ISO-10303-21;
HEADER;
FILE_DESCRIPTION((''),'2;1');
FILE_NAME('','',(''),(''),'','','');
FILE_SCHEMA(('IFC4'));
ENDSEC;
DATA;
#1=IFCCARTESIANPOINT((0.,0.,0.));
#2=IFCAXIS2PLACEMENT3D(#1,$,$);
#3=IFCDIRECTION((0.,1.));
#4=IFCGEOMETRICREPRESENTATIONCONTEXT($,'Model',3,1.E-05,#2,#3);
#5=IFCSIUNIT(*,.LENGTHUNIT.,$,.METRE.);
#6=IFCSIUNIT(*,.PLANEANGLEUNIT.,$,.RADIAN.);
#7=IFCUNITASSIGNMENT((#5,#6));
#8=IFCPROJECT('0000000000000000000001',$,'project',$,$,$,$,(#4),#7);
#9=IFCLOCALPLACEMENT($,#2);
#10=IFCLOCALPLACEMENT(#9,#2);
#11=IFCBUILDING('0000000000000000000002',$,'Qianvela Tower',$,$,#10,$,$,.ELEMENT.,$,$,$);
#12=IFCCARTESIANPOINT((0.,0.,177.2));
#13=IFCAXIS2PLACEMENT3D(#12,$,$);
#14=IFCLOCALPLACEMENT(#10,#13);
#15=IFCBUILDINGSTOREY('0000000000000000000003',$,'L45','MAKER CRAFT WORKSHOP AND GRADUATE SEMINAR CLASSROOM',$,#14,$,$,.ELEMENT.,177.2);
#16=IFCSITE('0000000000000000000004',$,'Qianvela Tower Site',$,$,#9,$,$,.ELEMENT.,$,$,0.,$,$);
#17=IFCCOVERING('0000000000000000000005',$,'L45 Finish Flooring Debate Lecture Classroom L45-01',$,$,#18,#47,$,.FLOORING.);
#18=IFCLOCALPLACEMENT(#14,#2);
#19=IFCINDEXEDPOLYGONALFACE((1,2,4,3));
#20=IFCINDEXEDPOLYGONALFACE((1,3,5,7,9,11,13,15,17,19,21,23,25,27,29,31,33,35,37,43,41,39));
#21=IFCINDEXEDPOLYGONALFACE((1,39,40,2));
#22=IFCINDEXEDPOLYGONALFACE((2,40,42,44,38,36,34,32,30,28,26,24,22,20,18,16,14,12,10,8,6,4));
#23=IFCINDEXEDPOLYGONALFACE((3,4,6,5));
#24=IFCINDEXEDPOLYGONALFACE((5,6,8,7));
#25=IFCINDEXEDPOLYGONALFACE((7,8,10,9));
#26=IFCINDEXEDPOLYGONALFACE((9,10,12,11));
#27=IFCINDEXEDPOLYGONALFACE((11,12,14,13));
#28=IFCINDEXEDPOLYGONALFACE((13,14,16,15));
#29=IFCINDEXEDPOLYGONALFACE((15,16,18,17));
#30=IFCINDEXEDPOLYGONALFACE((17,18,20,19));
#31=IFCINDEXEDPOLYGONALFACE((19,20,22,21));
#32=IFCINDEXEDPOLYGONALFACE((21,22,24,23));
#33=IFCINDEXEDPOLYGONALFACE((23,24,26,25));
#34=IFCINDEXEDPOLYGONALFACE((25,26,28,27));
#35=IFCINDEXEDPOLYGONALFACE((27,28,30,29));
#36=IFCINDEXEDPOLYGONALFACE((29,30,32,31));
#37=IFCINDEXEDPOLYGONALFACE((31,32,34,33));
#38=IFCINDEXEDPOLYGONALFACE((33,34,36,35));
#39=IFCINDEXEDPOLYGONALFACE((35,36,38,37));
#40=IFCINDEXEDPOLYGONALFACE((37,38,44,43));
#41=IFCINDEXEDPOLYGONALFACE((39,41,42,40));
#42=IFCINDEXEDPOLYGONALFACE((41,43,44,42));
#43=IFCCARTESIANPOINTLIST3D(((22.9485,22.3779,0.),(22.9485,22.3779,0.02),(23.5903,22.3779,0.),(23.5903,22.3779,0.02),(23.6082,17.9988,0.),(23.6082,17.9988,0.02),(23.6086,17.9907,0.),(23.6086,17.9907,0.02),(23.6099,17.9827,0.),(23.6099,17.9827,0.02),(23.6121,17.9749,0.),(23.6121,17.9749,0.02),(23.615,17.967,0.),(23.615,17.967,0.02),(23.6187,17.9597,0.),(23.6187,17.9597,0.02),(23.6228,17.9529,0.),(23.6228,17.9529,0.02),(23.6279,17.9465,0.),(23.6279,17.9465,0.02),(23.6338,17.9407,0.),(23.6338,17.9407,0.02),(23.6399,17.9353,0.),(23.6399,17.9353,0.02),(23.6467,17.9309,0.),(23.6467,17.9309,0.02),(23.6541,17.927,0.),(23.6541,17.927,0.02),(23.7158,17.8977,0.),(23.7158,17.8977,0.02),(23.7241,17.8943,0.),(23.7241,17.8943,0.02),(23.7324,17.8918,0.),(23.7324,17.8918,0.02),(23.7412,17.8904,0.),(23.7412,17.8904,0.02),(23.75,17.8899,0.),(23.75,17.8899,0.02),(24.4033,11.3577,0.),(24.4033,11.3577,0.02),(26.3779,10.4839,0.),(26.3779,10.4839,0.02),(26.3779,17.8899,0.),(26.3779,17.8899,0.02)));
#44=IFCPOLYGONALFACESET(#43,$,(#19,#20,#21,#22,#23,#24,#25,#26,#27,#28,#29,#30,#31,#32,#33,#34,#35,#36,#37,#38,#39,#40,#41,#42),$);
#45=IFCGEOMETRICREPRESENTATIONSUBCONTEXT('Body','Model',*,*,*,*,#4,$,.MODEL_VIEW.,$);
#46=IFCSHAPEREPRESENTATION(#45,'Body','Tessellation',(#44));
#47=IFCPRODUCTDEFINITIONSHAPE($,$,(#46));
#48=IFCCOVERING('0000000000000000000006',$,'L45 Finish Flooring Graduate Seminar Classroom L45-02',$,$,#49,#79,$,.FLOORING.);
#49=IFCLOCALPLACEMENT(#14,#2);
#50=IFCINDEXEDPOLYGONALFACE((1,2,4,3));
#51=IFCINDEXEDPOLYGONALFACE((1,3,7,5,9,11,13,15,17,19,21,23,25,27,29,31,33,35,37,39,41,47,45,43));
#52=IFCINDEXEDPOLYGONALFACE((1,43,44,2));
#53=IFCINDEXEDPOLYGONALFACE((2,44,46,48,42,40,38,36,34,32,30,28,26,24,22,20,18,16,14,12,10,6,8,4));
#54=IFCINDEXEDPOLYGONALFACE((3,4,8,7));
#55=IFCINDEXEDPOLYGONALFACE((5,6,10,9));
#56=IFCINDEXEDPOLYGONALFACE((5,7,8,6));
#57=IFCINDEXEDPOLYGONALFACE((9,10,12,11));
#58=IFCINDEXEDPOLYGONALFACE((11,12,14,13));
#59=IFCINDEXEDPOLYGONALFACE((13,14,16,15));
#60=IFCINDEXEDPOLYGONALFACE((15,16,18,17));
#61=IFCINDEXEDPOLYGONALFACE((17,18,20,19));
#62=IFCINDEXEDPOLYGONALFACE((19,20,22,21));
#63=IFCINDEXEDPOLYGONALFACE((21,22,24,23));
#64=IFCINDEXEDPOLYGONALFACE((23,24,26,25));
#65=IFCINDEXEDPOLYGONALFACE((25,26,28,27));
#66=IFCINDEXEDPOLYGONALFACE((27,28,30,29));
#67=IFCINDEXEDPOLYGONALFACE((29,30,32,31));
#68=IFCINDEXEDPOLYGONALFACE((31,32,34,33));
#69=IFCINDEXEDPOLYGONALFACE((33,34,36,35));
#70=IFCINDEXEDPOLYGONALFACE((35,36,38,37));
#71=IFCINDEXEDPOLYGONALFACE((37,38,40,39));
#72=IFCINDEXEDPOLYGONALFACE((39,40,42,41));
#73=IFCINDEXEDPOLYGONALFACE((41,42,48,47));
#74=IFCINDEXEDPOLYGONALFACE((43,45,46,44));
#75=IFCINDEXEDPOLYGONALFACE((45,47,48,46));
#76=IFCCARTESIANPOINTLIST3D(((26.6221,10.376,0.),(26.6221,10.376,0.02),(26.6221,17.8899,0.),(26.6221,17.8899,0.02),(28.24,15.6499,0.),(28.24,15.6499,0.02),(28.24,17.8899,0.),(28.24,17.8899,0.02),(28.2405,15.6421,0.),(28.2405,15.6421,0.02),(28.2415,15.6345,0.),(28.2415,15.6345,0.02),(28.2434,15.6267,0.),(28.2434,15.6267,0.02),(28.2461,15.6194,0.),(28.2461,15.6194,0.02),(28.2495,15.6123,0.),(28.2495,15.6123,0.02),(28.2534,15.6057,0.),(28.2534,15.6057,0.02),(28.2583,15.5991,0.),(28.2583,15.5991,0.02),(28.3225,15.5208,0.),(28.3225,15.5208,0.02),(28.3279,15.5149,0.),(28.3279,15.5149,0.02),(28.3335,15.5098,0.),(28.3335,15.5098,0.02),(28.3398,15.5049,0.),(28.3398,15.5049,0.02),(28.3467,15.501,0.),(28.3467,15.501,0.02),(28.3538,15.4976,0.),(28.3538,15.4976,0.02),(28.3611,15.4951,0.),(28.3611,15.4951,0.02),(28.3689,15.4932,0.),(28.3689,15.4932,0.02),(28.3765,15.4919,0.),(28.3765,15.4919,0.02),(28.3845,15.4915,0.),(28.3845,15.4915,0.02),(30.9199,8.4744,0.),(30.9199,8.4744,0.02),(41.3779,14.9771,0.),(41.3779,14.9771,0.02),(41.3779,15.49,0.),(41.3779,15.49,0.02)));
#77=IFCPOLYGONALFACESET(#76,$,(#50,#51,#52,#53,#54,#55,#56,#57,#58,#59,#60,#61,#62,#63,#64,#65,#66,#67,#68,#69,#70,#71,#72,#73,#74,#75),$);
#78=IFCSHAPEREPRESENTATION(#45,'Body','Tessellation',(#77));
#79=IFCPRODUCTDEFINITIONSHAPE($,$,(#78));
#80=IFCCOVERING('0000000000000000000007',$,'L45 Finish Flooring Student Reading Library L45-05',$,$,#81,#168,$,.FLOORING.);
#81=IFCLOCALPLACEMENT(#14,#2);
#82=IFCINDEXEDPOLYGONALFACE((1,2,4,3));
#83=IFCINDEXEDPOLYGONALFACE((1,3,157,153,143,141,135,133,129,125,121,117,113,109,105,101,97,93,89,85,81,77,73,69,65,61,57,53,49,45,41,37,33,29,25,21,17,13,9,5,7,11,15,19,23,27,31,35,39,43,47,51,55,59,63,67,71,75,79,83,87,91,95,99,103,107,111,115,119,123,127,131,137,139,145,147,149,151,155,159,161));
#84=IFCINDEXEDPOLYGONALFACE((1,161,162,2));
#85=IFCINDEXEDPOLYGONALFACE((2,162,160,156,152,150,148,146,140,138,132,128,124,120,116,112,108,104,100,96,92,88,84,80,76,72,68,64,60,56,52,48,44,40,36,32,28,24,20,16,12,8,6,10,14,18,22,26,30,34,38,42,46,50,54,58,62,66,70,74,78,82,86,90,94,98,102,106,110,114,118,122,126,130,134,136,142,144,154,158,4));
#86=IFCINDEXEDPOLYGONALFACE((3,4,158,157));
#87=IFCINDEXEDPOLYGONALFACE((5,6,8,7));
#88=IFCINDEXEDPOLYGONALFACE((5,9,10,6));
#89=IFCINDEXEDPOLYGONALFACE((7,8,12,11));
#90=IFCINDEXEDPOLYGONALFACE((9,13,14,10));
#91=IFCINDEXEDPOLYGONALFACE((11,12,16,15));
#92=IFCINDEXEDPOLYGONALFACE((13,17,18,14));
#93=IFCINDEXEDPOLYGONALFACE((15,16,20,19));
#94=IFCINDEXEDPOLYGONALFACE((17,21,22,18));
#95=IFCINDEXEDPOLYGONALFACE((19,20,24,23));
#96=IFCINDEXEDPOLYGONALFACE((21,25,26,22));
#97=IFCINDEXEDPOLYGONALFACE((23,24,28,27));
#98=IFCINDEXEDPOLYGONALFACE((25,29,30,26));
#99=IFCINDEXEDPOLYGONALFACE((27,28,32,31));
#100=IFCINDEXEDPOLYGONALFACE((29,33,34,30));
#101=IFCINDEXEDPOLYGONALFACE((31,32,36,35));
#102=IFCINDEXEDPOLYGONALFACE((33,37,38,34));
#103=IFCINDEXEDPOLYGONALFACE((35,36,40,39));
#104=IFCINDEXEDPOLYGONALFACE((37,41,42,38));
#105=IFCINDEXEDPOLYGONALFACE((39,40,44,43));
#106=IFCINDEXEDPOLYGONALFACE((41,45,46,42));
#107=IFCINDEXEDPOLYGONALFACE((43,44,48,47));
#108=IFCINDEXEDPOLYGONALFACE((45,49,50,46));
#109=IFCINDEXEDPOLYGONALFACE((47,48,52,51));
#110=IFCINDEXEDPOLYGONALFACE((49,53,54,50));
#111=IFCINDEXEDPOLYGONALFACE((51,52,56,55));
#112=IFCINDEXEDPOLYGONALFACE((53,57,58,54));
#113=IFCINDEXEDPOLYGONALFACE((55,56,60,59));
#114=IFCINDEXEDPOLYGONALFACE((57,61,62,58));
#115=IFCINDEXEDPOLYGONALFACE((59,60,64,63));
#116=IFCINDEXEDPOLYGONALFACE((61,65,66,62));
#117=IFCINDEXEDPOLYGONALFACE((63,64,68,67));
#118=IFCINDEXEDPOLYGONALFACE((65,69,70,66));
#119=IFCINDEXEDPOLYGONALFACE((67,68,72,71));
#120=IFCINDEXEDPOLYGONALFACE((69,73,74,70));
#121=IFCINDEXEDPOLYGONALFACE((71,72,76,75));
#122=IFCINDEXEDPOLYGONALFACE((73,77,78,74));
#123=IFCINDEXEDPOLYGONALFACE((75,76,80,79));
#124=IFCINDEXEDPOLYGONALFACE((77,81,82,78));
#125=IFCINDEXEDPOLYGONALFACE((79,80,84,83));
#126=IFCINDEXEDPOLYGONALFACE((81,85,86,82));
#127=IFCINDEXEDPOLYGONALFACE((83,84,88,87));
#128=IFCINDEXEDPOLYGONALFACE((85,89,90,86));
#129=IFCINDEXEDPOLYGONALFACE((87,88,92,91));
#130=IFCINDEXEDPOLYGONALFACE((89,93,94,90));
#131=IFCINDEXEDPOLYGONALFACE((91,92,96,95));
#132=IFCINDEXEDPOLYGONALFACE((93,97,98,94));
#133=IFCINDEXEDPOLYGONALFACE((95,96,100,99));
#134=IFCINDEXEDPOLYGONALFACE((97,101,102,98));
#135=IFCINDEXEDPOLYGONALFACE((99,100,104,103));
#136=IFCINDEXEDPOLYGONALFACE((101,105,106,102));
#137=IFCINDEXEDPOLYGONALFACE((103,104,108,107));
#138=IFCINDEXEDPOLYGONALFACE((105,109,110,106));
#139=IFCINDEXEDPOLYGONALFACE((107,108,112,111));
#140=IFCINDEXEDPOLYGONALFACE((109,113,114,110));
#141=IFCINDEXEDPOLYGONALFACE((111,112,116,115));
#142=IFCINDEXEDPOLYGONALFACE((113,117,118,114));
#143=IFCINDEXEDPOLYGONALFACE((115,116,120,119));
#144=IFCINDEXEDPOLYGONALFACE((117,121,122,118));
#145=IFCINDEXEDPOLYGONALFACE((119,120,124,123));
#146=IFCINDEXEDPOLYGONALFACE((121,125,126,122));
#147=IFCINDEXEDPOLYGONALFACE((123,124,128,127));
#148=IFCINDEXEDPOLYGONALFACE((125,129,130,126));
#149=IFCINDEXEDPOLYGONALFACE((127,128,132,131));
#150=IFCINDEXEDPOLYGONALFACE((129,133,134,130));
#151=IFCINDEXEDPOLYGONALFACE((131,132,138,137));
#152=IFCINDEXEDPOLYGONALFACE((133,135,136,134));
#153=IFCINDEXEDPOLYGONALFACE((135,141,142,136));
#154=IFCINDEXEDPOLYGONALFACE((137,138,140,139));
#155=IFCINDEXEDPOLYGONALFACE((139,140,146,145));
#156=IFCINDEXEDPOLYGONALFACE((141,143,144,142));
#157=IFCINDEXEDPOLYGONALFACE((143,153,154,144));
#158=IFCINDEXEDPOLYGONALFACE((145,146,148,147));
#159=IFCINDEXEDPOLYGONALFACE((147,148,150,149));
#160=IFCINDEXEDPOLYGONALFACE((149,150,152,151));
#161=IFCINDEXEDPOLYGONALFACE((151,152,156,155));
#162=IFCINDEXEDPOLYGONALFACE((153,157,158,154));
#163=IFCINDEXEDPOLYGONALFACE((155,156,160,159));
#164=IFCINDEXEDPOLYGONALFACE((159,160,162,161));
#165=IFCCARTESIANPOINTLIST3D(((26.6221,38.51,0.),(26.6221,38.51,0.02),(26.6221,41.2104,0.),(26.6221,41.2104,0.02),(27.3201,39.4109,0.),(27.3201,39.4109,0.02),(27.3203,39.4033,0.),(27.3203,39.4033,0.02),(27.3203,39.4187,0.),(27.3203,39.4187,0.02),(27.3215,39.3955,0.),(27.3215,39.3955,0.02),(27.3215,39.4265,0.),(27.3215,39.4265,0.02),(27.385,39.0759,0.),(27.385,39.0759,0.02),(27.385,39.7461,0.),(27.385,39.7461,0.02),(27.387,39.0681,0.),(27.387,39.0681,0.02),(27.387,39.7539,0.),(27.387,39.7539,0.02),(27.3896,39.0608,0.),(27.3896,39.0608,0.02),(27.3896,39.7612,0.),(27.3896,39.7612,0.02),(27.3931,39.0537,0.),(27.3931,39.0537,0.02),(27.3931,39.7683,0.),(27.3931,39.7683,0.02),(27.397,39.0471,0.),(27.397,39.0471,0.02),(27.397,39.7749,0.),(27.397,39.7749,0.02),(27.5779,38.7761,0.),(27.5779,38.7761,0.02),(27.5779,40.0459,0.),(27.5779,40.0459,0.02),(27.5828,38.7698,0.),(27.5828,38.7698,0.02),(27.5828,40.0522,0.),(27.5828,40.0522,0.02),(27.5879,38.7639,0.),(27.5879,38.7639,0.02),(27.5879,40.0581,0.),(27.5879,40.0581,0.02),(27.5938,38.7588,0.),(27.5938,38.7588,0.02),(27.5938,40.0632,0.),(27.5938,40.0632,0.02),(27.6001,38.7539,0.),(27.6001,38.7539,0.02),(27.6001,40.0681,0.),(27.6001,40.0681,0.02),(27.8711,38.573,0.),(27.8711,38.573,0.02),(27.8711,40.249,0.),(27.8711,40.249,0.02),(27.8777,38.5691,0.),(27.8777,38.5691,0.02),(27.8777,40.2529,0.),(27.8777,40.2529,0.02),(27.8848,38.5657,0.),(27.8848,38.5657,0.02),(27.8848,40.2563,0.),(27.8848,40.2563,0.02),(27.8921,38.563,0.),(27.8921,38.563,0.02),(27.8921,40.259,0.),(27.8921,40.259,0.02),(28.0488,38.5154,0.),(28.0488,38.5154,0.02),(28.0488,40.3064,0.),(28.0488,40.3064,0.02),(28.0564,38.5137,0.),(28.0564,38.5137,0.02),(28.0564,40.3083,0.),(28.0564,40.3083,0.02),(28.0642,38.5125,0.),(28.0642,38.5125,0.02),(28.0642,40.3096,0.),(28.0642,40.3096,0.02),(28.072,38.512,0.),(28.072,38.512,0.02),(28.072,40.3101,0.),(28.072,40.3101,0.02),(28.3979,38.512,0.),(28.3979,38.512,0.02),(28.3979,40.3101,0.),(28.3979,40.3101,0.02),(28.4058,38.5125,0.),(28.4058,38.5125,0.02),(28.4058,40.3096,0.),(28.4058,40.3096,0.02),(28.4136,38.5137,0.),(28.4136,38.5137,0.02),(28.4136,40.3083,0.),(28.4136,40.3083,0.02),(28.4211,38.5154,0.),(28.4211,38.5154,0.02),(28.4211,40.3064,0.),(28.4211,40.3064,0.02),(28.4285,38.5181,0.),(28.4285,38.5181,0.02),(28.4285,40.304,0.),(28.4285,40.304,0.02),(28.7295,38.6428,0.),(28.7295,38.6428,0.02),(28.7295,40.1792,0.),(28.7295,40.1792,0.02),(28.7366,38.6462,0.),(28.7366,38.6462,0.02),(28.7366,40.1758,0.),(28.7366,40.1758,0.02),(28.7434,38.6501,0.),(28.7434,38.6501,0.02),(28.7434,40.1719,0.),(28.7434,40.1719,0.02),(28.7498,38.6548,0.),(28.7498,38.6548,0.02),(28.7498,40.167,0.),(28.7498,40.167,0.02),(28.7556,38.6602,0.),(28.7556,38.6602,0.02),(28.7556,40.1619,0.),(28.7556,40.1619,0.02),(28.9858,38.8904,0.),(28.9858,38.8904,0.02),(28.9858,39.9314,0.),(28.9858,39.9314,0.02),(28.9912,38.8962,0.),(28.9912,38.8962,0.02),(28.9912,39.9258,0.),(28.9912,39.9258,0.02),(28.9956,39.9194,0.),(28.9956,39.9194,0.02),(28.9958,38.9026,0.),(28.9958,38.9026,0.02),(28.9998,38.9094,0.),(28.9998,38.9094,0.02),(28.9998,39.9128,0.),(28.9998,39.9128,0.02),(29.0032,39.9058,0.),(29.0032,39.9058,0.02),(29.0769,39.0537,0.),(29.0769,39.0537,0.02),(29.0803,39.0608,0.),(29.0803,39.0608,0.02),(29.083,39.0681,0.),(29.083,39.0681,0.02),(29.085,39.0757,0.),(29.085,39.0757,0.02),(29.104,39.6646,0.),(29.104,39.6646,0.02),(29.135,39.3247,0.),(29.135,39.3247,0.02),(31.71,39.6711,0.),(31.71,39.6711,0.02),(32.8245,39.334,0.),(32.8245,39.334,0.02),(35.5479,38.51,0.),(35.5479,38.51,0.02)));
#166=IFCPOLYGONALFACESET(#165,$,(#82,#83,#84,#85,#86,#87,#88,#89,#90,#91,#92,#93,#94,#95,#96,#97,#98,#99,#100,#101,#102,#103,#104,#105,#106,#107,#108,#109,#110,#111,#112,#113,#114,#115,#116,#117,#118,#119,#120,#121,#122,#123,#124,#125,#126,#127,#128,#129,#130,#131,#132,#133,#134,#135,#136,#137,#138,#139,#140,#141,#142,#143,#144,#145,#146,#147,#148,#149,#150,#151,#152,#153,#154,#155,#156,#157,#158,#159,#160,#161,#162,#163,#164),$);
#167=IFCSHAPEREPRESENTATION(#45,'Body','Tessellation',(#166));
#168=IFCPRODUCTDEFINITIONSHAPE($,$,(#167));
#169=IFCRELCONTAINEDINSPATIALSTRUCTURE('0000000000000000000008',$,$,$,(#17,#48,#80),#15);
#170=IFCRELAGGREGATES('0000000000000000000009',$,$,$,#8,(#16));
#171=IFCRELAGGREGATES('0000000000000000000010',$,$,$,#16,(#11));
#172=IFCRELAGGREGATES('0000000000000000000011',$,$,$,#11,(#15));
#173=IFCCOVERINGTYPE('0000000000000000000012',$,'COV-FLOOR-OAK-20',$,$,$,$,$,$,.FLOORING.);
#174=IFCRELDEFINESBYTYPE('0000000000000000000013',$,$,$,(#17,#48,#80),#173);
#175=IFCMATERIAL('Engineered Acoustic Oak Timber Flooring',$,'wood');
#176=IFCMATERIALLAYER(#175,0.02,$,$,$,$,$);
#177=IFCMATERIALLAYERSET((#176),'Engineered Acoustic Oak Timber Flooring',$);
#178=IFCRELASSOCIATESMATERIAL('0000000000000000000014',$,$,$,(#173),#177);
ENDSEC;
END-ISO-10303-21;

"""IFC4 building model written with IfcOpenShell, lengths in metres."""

from ifc_helpers import new_model, si_unit, direction, frame, origin, place, context, subcontext, project, spatial, polyline, outline, extrude, material, layer, layer_set, type_object, element, save


model = new_model("IFC4")

# Units and contexts
model_context = context("Model", 3, precision=1e-05, world=origin(), true_north=direction((0.0, 1.0)))
body_context = subcontext(model_context, "Body", "Model", "MODEL_VIEW")
ifc_project = project(units=[si_unit("LENGTHUNIT", "METRE"), si_unit("PLANEANGLEUNIT", "RADIAN")], contexts=[model_context])

# Site, building, storey
site_placement = place(None, origin())
site = spatial("IfcSite", under=ifc_project, at=site_placement, Name="Qianvela Tower Site", CompositionType="ELEMENT", RefElevation=0.0)
building_placement = place(site_placement, origin())
building = spatial("IfcBuilding", under=site, at=building_placement, Name="Qianvela Tower", CompositionType="ELEMENT")
storey_placement = place(building_placement, frame((0.0, 0.0, 177.2)))
storey = spatial("IfcBuildingStorey", under=building, at=storey_placement, Name="L45", Description="MAKER CRAFT WORKSHOP AND GRADUATE SEMINAR CLASSROOM", CompositionType="ELEMENT", Elevation=177.2)

# Coverings
ifc_material_1 = material(Name="Engineered Acoustic Oak Timber Flooring", Category="wood")
ifc_layer_1 = layer(ifc_material_1, 0.02)
ifc_layer_set_1 = layer_set([ifc_layer_1], Name="Engineered Acoustic Oak Timber Flooring")
covering_type_1 = type_object("IfcCoveringType", Name="COV-FLOOR-OAK-20", PredefinedType="FLOORING", material=ifc_layer_set_1)
covering_1_placement = place(storey_placement, origin())
element("IfcCovering", 1, at=covering_1_placement, inside=storey, type_object=covering_type_1, Name="L45 Finish Flooring Debate Lecture Classroom L45-01", PredefinedType="FLOORING", context=body_context, shape_type="SweptSolid", body=[
    extrude(outline(polyline([(22.9485, 22.3779), (23.5903, 22.3779), (23.6082, 17.9988), (23.6086, 17.9907), (23.6099, 17.9827), (23.6121, 17.9749), (23.615, 17.967), (23.6187, 17.9597), (23.6228, 17.9529), (23.6279, 17.9465), (23.6338, 17.9407), (23.6399, 17.9353), (23.6467, 17.9309), (23.6541, 17.927), (23.7158, 17.8977), (23.7241, 17.8943), (23.7324, 17.8918), (23.7412, 17.8904), (23.75, 17.8899), (26.3779, 17.8899), (26.3779, 10.4839), (24.4033, 11.3577), (22.9485, 22.3779)])), origin(), (0.0, 0.0, 1.0), 0.02),
])
covering_2_placement = place(storey_placement, origin())
element("IfcCovering", 2, at=covering_2_placement, inside=storey, type_object=covering_type_1, Name="L45 Finish Flooring Graduate Seminar Classroom L45-02", PredefinedType="FLOORING", context=body_context, shape_type="SweptSolid", body=[
    extrude(outline(polyline([(26.6221, 17.8899), (28.24, 17.8899), (28.24, 15.6499), (28.2405, 15.6421), (28.2415, 15.6345), (28.2434, 15.6267), (28.2461, 15.6194), (28.2495, 15.6123), (28.2534, 15.6057), (28.2583, 15.5991), (28.3225, 15.5208), (28.3279, 15.5149), (28.3335, 15.5098), (28.3398, 15.5049), (28.3467, 15.501), (28.3538, 15.4976), (28.3611, 15.4951), (28.3689, 15.4932), (28.3765, 15.4919), (28.3845, 15.4915), (41.3779, 15.49), (41.3779, 14.9771), (30.9199, 8.4744), (26.6221, 10.376), (26.6221, 17.8899)])), origin(), (0.0, 0.0, 1.0), 0.02),
])
covering_3_placement = place(storey_placement, origin())
element("IfcCovering", 3, at=covering_3_placement, inside=storey, type_object=covering_type_1, Name="L45 Finish Flooring Student Reading Library L45-05", PredefinedType="FLOORING", context=body_context, shape_type="SweptSolid", body=[
    extrude(outline(polyline([(26.6221, 41.2104), (31.71, 39.6711), (29.104, 39.6646), (29.0032, 39.9058), (28.9998, 39.9128), (28.9956, 39.9194), (28.9912, 39.9258), (28.9858, 39.9314), (28.7556, 40.1619), (28.7498, 40.167), (28.7434, 40.1719), (28.7366, 40.1758), (28.7295, 40.1792), (28.4285, 40.304), (28.4211, 40.3064), (28.4136, 40.3083), (28.4058, 40.3096), (28.3979, 40.3101), (28.072, 40.3101), (28.0642, 40.3096), (28.0564, 40.3083), (28.0488, 40.3064), (27.8921, 40.259), (27.8848, 40.2563), (27.8777, 40.2529), (27.8711, 40.249), (27.6001, 40.0681), (27.5938, 40.0632), (27.5879, 40.0581), (27.5828, 40.0522), (27.5779, 40.0459), (27.397, 39.7749), (27.3931, 39.7683), (27.3896, 39.7612), (27.387, 39.7539), (27.385, 39.7461), (27.3215, 39.4265), (27.3203, 39.4187), (27.3201, 39.4109), (27.3203, 39.4033), (27.3215, 39.3955), (27.385, 39.0759), (27.387, 39.0681), (27.3896, 39.0608), (27.3931, 39.0537), (27.397, 39.0471), (27.5779, 38.7761), (27.5828, 38.7698), (27.5879, 38.7639), (27.5938, 38.7588), (27.6001, 38.7539), (27.8711, 38.573), (27.8777, 38.5691), (27.8848, 38.5657), (27.8921, 38.563), (28.0488, 38.5154), (28.0564, 38.5137), (28.0642, 38.5125), (28.072, 38.512), (28.3979, 38.512), (28.4058, 38.5125), (28.4136, 38.5137), (28.4211, 38.5154), (28.4285, 38.5181), (28.7295, 38.6428), (28.7366, 38.6462), (28.7434, 38.6501), (28.7498, 38.6548), (28.7556, 38.6602), (28.9858, 38.8904), (28.9912, 38.8962), (28.9958, 38.9026), (28.9998, 38.9094), (29.0769, 39.0537), (29.0803, 39.0608), (29.083, 39.0681), (29.085, 39.0757), (29.135, 39.3247), (32.8245, 39.334), (35.5479, 38.51), (26.6221, 38.51), (26.6221, 41.2104)])), origin(), (0.0, 0.0, 1.0), 0.02),
])

save(model, "model.ifc")
